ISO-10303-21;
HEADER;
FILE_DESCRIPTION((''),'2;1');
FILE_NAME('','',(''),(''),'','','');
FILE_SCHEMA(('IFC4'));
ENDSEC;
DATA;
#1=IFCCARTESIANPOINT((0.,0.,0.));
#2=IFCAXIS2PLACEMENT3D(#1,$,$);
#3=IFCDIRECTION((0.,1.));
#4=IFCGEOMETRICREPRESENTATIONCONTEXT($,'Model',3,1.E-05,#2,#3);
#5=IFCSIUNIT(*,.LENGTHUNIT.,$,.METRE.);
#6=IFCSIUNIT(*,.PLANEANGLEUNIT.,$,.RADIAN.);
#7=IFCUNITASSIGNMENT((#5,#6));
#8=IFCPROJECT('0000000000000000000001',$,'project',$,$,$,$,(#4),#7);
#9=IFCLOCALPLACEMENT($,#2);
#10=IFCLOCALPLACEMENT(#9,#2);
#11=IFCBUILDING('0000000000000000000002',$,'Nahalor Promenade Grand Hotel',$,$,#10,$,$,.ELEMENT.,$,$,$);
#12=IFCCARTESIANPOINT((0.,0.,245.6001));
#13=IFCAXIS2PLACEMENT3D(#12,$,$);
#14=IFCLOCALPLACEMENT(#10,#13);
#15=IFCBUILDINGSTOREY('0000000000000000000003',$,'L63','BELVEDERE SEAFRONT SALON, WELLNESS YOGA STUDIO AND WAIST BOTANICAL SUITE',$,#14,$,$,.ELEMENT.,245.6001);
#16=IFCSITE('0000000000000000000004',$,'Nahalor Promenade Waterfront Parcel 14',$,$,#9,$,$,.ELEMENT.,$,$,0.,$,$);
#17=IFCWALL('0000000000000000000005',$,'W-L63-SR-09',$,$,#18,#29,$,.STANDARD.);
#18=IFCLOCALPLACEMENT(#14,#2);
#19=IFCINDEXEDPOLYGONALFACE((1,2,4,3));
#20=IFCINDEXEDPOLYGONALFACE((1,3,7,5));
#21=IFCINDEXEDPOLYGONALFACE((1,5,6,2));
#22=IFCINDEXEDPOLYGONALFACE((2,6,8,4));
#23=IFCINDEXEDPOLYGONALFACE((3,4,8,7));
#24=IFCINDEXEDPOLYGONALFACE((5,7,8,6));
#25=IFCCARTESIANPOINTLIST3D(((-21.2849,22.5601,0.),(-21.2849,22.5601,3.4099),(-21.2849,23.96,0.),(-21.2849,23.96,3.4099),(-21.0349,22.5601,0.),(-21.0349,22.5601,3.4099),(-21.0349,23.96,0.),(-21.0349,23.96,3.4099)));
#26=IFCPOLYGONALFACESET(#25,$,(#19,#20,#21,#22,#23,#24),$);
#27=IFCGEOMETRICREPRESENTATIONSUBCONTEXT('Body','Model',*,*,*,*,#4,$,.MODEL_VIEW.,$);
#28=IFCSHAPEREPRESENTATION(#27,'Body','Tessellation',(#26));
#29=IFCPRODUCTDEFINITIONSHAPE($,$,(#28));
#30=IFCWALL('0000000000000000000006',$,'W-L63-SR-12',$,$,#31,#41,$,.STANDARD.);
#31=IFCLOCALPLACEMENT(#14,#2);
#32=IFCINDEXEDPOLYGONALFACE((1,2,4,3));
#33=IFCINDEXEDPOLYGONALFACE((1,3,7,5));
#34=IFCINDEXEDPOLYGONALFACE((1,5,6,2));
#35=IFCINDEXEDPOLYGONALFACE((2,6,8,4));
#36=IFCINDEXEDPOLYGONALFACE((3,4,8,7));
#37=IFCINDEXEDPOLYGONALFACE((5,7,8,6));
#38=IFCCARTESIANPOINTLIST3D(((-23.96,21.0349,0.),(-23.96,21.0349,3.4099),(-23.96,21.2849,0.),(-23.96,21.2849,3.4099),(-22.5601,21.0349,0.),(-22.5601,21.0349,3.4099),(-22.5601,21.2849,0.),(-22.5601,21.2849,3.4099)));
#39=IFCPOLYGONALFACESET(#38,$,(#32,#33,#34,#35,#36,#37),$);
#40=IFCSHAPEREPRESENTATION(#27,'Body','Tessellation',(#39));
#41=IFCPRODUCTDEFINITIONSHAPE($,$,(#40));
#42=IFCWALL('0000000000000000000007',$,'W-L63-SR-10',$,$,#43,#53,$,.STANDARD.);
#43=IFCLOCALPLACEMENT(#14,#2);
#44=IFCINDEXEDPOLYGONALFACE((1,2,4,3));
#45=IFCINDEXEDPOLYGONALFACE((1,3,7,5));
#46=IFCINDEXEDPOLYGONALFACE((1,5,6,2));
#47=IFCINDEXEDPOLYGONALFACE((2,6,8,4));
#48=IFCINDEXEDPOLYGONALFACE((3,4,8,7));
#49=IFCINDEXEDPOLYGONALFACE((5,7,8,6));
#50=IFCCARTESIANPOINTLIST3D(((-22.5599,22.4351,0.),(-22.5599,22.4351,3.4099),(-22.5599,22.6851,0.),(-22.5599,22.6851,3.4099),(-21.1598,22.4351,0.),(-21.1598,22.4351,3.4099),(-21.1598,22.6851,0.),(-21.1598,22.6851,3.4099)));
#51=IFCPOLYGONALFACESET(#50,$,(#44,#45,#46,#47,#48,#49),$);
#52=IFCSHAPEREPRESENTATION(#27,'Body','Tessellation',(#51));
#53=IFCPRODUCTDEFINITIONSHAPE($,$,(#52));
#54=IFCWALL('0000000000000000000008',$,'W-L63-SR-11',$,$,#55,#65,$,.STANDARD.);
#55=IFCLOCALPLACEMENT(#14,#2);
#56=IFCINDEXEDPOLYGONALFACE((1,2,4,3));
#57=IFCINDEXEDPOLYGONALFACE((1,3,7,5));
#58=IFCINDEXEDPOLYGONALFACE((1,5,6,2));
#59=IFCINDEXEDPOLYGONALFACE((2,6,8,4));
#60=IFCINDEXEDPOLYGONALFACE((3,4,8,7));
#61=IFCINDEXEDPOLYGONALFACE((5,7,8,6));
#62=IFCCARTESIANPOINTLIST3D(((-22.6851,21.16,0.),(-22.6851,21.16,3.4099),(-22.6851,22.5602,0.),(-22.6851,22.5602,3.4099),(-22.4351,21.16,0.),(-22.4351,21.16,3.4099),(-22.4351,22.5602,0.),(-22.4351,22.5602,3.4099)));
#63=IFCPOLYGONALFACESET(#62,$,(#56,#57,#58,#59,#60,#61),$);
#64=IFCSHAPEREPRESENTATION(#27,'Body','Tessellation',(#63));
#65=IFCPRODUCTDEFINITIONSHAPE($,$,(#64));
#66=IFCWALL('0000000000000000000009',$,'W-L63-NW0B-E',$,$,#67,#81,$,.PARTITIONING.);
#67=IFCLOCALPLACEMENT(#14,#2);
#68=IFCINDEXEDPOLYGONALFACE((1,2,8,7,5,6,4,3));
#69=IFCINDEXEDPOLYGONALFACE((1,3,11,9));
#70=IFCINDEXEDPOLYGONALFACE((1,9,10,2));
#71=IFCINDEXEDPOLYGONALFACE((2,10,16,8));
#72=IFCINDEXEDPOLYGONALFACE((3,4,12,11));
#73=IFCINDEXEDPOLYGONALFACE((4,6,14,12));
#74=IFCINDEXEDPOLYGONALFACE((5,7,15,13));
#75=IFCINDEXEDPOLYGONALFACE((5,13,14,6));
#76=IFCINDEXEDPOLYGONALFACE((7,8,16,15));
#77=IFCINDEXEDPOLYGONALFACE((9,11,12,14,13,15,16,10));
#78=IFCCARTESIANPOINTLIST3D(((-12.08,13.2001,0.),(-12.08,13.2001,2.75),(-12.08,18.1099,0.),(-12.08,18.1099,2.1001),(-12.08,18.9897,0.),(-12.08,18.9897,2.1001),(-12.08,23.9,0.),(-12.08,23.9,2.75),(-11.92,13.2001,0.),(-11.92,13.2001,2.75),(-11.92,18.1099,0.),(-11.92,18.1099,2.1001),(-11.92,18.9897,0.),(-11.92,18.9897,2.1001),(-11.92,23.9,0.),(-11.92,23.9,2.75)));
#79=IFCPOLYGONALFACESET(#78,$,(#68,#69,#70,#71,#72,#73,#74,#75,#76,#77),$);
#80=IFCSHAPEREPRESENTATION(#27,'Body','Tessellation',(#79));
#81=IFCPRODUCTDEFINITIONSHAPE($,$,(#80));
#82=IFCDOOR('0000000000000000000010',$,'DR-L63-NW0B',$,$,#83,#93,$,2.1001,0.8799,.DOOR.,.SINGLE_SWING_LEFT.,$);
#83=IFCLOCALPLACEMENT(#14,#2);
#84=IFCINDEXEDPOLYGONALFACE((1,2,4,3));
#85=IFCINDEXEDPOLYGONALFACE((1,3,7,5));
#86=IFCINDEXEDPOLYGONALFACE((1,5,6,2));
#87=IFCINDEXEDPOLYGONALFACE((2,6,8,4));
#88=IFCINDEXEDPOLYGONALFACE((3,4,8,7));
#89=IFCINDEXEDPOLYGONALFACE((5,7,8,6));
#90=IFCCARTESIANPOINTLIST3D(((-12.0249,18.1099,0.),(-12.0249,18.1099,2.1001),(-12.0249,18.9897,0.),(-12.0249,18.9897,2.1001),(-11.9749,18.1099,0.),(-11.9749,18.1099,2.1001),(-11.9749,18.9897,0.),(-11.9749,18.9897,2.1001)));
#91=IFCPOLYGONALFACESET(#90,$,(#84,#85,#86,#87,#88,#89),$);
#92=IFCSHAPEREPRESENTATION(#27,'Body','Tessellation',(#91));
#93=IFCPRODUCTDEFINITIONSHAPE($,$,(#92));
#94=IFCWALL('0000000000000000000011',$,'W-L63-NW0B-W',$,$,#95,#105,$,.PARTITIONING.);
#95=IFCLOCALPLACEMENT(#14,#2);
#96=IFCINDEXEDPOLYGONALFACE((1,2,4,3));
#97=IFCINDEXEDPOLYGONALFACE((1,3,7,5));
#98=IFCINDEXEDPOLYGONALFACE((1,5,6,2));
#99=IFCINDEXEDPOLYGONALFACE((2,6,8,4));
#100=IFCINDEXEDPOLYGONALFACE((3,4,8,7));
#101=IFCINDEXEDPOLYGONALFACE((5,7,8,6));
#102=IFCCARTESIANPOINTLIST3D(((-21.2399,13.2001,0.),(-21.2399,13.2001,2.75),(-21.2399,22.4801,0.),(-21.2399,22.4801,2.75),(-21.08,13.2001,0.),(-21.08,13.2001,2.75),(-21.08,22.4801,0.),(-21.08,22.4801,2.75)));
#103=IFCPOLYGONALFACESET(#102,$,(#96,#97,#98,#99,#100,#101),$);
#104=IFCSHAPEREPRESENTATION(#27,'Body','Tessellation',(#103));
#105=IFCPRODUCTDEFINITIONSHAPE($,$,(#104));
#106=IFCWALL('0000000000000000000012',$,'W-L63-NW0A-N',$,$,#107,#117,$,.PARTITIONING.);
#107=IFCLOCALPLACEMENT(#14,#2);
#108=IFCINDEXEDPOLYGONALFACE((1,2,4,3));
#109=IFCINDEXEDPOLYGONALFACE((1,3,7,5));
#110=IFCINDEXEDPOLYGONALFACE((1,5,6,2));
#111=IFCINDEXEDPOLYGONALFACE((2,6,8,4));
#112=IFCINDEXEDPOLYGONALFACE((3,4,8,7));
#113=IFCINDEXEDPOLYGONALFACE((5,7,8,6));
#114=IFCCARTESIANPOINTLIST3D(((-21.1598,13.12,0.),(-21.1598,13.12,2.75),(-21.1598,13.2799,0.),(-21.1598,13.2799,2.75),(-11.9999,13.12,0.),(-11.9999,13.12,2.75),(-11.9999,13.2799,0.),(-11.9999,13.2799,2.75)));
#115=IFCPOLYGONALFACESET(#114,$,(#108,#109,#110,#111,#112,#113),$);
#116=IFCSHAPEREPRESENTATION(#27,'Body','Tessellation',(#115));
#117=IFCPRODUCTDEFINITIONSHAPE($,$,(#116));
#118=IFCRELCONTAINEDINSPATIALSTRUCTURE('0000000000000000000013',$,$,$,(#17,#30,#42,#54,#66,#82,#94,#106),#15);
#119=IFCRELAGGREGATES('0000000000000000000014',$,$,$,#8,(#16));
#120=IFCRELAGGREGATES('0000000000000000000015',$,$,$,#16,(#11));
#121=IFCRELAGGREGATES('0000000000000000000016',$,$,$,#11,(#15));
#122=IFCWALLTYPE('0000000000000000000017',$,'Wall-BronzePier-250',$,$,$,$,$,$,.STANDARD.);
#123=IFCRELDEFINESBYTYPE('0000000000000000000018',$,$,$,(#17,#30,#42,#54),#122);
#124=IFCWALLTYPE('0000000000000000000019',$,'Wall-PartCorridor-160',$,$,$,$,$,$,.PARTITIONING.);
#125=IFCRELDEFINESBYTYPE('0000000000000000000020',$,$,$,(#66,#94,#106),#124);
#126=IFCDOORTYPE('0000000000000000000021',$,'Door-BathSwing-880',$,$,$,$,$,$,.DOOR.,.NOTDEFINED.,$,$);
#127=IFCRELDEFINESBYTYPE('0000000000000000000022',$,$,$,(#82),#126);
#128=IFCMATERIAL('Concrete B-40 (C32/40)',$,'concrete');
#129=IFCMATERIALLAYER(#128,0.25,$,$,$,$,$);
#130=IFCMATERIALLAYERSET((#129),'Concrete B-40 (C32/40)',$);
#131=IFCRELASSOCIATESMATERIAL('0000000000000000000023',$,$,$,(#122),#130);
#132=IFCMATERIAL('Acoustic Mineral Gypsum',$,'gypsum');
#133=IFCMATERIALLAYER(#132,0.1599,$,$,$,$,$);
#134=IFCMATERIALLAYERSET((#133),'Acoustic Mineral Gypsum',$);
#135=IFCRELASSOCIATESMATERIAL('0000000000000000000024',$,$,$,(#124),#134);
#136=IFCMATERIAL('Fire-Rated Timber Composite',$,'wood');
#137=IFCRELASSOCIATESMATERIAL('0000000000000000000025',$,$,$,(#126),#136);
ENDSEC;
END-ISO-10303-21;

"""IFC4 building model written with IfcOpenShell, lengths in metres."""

from ifc_helpers import new_model, si_unit, direction, frame, frame_2d, origin, place, context, subcontext, project, spatial, rectangle, extrude, source, transform, mapped, material, layer, layer_set, type_object, element, fill, save


model = new_model("IFC4")

# Units and contexts
model_context = context("Model", 3, precision=1e-05, world=origin(), true_north=direction((0.0, 1.0)))
body_context = subcontext(model_context, "Body", "Model", "MODEL_VIEW")
ifc_project = project(units=[si_unit("LENGTHUNIT", "METRE"), si_unit("PLANEANGLEUNIT", "RADIAN")], contexts=[model_context])

# Site, building, storey
site_placement = place(None, origin())
site = spatial("IfcSite", under=ifc_project, at=site_placement, Name="Nahalor Promenade Waterfront Parcel 14", CompositionType="ELEMENT", RefElevation=0.0)
building_placement = place(site_placement, origin())
building = spatial("IfcBuilding", under=site, at=building_placement, Name="Nahalor Promenade Grand Hotel", CompositionType="ELEMENT")
storey_placement = place(building_placement, frame((0.0, 0.0, 245.6001)))
storey = spatial("IfcBuildingStorey", under=building, at=storey_placement, Name="L63", Description="BELVEDERE SEAFRONT SALON, WELLNESS YOGA STUDIO AND WAIST BOTANICAL SUITE", CompositionType="ELEMENT", Elevation=245.6001)

# Walls
ifc_material_1 = material(Name="Concrete B-40 (C32/40)", Category="concrete")
ifc_layer_1 = layer(ifc_material_1, 0.25)
ifc_layer_set_1 = layer_set([ifc_layer_1], Name="Concrete B-40 (C32/40)")
wall_type_1 = type_object("IfcWallType", Name="Wall-BronzePier-250", PredefinedType="STANDARD", material=ifc_layer_set_1)
shared_shape_1 = source(origin(), body_context, "Body", "SweptSolid", [
    extrude(rectangle(XDim=1.3999, YDim=0.25, at=frame_2d((0.7, 0.0))), origin(), (0.0, 0.0, 1.0), 3.4099),
])
for number, where, z_axis, x_axis, name in (
    (1, (-21.1599, 22.5601, 0.0), (0.0, 0.0, 1.0), (0.0, 1.0, 0.0), "W-L63-SR-09"),
    (2, (-23.96, 21.1599, 0.0), (0.0, 0.0, 1.0), (1.0, 0.0, 0.0), "W-L63-SR-12"),
):
    element("IfcWall", number, at=place(storey_placement, frame(where, z_axis=z_axis, x_axis=x_axis)), inside=storey, type_object=wall_type_1, Name=name, PredefinedType="STANDARD", context=body_context, shape_type="MappedRepresentation", body=[
        mapped(shared_shape_1, transform((0.0, 0.0, 0.0), scale=1.0)),
    ])
shared_shape_2 = source(origin(), body_context, "Body", "SweptSolid", [
    extrude(rectangle(XDim=1.4001, YDim=0.25, at=frame_2d((0.7002, 0.0))), origin(), (0.0, 0.0, 1.0), 3.4099),
])
for number, where, z_axis, x_axis, name in (
    (3, (-22.5601, 22.5601, 0.0), (0.0, 0.0, 1.0), (1.0, 0.0, 0.0), "W-L63-SR-10"),
    (4, (-22.5601, 21.1599, 0.0), (0.0, 0.0, 1.0), (0.0, 1.0, 0.0), "W-L63-SR-11"),
):
    element("IfcWall", number, at=place(storey_placement, frame(where, z_axis=z_axis, x_axis=x_axis)), inside=storey, type_object=wall_type_1, Name=name, PredefinedType="STANDARD", context=body_context, shape_type="MappedRepresentation", body=[
        mapped(shared_shape_2, transform((0.0, 0.0, 0.0), scale=1.0)),
    ])

# Wall, opening, door
ifc_material_2 = material(Name="Acoustic Mineral Gypsum", Category="gypsum")
ifc_layer_2 = layer(ifc_material_2, 0.1599)
ifc_layer_set_2 = layer_set([ifc_layer_2], Name="Acoustic Mineral Gypsum")
wall_type_2 = type_object("IfcWallType", Name="Wall-PartCorridor-160", PredefinedType="PARTITIONING", material=ifc_layer_set_2)
shared_shape_3 = source(origin(), body_context, "Body", "SweptSolid", [
    extrude(rectangle(XDim=10.7, YDim=0.1599, at=frame_2d((5.3501, 0.0))), origin(), (0.0, 0.0, 1.0), 2.75),
])
wall_1_placement = place(storey_placement, frame((-12.0, 13.2, 0.0), z_axis=(0.0, 0.0, 1.0), x_axis=(0.0, 1.0, 0.0)))
wall_1 = element("IfcWall", 5, at=wall_1_placement, inside=storey, type_object=wall_type_2, Name="W-L63-NW0B-E", PredefinedType="PARTITIONING", context=body_context, shape_type="MappedRepresentation", body=[
    mapped(shared_shape_3, transform((0.0, 0.0, 0.0), scale=1.0)),
])
opening_placement = place(wall_1_placement, frame((4.9099, 0.0, 0.0)))
opening = element("IfcOpeningElement", 6, at=opening_placement, cuts=wall_1, PredefinedType="OPENING", context=body_context, shape_type="SweptSolid", body=[
    extrude(rectangle(XDim=0.8799, YDim=2.1001, at=frame_2d((0.4399, 1.05))), frame((0.0, 0.0898, 0.0), z_axis=(0.0, -1.0, 0.0), x_axis=(1.0, 0.0, 0.0)), (0.0, 0.0, 1.0), 0.1799),
])
ifc_material_3 = material(Name="Fire-Rated Timber Composite", Category="wood")
door_type = type_object("IfcDoorType", Name="Door-BathSwing-880", OperationType="NOTDEFINED", PredefinedType="DOOR", material=ifc_material_3)
shared_shape_4 = source(origin(), body_context, "Body", "SweptSolid", [
    extrude(rectangle(XDim=0.8799, YDim=2.1001, at=frame_2d((0.4399, 1.05))), frame((0.0, 0.0249, 0.0), z_axis=(0.0, -1.0, 0.0), x_axis=(1.0, 0.0, 0.0)), (0.0, 0.0, 1.0), 0.05),
])
door_placement = place(opening_placement, origin())
door = element("IfcDoor", 7, at=door_placement, inside=storey, type_object=door_type, Name="DR-L63-NW0B", OperationType="SINGLE_SWING_LEFT", OverallHeight=2.1001, OverallWidth=0.8799, PredefinedType="DOOR", context=body_context, shape_type="MappedRepresentation", body=[
    mapped(shared_shape_4, transform((0.0, 0.0, 0.0), scale=1.0)),
])
fill(opening, door)

# Walls
shared_shape_5 = source(origin(), body_context, "Body", "SweptSolid", [
    extrude(rectangle(XDim=9.28, YDim=0.1599, at=frame_2d((4.6401, 0.0))), origin(), (0.0, 0.0, 1.0), 2.75),
])
wall_2_placement = place(storey_placement, frame((-21.1599, 13.2, 0.0), z_axis=(0.0, 0.0, 1.0), x_axis=(0.0, 1.0, 0.0)))
element("IfcWall", 8, at=wall_2_placement, inside=storey, type_object=wall_type_2, Name="W-L63-NW0B-W", PredefinedType="PARTITIONING", context=body_context, shape_type="MappedRepresentation", body=[
    mapped(shared_shape_5, transform((0.0, 0.0, 0.0), scale=1.0)),
])
shared_shape_6 = source(origin(), body_context, "Body", "SweptSolid", [
    extrude(rectangle(XDim=9.1599, YDim=0.1599, at=frame_2d((4.5801, 0.0))), origin(), (0.0, 0.0, 1.0), 2.75),
])
wall_3_placement = place(storey_placement, frame((-21.1599, 13.2, 0.0), z_axis=(0.0, 0.0, 1.0), x_axis=(1.0, 0.0, 0.0)))
element("IfcWall", 9, at=wall_3_placement, inside=storey, type_object=wall_type_2, Name="W-L63-NW0A-N", PredefinedType="PARTITIONING", context=body_context, shape_type="MappedRepresentation", body=[
    mapped(shared_shape_6, transform((0.0, 0.0, 0.0), scale=1.0)),
])

save(model, "model.ifc")
